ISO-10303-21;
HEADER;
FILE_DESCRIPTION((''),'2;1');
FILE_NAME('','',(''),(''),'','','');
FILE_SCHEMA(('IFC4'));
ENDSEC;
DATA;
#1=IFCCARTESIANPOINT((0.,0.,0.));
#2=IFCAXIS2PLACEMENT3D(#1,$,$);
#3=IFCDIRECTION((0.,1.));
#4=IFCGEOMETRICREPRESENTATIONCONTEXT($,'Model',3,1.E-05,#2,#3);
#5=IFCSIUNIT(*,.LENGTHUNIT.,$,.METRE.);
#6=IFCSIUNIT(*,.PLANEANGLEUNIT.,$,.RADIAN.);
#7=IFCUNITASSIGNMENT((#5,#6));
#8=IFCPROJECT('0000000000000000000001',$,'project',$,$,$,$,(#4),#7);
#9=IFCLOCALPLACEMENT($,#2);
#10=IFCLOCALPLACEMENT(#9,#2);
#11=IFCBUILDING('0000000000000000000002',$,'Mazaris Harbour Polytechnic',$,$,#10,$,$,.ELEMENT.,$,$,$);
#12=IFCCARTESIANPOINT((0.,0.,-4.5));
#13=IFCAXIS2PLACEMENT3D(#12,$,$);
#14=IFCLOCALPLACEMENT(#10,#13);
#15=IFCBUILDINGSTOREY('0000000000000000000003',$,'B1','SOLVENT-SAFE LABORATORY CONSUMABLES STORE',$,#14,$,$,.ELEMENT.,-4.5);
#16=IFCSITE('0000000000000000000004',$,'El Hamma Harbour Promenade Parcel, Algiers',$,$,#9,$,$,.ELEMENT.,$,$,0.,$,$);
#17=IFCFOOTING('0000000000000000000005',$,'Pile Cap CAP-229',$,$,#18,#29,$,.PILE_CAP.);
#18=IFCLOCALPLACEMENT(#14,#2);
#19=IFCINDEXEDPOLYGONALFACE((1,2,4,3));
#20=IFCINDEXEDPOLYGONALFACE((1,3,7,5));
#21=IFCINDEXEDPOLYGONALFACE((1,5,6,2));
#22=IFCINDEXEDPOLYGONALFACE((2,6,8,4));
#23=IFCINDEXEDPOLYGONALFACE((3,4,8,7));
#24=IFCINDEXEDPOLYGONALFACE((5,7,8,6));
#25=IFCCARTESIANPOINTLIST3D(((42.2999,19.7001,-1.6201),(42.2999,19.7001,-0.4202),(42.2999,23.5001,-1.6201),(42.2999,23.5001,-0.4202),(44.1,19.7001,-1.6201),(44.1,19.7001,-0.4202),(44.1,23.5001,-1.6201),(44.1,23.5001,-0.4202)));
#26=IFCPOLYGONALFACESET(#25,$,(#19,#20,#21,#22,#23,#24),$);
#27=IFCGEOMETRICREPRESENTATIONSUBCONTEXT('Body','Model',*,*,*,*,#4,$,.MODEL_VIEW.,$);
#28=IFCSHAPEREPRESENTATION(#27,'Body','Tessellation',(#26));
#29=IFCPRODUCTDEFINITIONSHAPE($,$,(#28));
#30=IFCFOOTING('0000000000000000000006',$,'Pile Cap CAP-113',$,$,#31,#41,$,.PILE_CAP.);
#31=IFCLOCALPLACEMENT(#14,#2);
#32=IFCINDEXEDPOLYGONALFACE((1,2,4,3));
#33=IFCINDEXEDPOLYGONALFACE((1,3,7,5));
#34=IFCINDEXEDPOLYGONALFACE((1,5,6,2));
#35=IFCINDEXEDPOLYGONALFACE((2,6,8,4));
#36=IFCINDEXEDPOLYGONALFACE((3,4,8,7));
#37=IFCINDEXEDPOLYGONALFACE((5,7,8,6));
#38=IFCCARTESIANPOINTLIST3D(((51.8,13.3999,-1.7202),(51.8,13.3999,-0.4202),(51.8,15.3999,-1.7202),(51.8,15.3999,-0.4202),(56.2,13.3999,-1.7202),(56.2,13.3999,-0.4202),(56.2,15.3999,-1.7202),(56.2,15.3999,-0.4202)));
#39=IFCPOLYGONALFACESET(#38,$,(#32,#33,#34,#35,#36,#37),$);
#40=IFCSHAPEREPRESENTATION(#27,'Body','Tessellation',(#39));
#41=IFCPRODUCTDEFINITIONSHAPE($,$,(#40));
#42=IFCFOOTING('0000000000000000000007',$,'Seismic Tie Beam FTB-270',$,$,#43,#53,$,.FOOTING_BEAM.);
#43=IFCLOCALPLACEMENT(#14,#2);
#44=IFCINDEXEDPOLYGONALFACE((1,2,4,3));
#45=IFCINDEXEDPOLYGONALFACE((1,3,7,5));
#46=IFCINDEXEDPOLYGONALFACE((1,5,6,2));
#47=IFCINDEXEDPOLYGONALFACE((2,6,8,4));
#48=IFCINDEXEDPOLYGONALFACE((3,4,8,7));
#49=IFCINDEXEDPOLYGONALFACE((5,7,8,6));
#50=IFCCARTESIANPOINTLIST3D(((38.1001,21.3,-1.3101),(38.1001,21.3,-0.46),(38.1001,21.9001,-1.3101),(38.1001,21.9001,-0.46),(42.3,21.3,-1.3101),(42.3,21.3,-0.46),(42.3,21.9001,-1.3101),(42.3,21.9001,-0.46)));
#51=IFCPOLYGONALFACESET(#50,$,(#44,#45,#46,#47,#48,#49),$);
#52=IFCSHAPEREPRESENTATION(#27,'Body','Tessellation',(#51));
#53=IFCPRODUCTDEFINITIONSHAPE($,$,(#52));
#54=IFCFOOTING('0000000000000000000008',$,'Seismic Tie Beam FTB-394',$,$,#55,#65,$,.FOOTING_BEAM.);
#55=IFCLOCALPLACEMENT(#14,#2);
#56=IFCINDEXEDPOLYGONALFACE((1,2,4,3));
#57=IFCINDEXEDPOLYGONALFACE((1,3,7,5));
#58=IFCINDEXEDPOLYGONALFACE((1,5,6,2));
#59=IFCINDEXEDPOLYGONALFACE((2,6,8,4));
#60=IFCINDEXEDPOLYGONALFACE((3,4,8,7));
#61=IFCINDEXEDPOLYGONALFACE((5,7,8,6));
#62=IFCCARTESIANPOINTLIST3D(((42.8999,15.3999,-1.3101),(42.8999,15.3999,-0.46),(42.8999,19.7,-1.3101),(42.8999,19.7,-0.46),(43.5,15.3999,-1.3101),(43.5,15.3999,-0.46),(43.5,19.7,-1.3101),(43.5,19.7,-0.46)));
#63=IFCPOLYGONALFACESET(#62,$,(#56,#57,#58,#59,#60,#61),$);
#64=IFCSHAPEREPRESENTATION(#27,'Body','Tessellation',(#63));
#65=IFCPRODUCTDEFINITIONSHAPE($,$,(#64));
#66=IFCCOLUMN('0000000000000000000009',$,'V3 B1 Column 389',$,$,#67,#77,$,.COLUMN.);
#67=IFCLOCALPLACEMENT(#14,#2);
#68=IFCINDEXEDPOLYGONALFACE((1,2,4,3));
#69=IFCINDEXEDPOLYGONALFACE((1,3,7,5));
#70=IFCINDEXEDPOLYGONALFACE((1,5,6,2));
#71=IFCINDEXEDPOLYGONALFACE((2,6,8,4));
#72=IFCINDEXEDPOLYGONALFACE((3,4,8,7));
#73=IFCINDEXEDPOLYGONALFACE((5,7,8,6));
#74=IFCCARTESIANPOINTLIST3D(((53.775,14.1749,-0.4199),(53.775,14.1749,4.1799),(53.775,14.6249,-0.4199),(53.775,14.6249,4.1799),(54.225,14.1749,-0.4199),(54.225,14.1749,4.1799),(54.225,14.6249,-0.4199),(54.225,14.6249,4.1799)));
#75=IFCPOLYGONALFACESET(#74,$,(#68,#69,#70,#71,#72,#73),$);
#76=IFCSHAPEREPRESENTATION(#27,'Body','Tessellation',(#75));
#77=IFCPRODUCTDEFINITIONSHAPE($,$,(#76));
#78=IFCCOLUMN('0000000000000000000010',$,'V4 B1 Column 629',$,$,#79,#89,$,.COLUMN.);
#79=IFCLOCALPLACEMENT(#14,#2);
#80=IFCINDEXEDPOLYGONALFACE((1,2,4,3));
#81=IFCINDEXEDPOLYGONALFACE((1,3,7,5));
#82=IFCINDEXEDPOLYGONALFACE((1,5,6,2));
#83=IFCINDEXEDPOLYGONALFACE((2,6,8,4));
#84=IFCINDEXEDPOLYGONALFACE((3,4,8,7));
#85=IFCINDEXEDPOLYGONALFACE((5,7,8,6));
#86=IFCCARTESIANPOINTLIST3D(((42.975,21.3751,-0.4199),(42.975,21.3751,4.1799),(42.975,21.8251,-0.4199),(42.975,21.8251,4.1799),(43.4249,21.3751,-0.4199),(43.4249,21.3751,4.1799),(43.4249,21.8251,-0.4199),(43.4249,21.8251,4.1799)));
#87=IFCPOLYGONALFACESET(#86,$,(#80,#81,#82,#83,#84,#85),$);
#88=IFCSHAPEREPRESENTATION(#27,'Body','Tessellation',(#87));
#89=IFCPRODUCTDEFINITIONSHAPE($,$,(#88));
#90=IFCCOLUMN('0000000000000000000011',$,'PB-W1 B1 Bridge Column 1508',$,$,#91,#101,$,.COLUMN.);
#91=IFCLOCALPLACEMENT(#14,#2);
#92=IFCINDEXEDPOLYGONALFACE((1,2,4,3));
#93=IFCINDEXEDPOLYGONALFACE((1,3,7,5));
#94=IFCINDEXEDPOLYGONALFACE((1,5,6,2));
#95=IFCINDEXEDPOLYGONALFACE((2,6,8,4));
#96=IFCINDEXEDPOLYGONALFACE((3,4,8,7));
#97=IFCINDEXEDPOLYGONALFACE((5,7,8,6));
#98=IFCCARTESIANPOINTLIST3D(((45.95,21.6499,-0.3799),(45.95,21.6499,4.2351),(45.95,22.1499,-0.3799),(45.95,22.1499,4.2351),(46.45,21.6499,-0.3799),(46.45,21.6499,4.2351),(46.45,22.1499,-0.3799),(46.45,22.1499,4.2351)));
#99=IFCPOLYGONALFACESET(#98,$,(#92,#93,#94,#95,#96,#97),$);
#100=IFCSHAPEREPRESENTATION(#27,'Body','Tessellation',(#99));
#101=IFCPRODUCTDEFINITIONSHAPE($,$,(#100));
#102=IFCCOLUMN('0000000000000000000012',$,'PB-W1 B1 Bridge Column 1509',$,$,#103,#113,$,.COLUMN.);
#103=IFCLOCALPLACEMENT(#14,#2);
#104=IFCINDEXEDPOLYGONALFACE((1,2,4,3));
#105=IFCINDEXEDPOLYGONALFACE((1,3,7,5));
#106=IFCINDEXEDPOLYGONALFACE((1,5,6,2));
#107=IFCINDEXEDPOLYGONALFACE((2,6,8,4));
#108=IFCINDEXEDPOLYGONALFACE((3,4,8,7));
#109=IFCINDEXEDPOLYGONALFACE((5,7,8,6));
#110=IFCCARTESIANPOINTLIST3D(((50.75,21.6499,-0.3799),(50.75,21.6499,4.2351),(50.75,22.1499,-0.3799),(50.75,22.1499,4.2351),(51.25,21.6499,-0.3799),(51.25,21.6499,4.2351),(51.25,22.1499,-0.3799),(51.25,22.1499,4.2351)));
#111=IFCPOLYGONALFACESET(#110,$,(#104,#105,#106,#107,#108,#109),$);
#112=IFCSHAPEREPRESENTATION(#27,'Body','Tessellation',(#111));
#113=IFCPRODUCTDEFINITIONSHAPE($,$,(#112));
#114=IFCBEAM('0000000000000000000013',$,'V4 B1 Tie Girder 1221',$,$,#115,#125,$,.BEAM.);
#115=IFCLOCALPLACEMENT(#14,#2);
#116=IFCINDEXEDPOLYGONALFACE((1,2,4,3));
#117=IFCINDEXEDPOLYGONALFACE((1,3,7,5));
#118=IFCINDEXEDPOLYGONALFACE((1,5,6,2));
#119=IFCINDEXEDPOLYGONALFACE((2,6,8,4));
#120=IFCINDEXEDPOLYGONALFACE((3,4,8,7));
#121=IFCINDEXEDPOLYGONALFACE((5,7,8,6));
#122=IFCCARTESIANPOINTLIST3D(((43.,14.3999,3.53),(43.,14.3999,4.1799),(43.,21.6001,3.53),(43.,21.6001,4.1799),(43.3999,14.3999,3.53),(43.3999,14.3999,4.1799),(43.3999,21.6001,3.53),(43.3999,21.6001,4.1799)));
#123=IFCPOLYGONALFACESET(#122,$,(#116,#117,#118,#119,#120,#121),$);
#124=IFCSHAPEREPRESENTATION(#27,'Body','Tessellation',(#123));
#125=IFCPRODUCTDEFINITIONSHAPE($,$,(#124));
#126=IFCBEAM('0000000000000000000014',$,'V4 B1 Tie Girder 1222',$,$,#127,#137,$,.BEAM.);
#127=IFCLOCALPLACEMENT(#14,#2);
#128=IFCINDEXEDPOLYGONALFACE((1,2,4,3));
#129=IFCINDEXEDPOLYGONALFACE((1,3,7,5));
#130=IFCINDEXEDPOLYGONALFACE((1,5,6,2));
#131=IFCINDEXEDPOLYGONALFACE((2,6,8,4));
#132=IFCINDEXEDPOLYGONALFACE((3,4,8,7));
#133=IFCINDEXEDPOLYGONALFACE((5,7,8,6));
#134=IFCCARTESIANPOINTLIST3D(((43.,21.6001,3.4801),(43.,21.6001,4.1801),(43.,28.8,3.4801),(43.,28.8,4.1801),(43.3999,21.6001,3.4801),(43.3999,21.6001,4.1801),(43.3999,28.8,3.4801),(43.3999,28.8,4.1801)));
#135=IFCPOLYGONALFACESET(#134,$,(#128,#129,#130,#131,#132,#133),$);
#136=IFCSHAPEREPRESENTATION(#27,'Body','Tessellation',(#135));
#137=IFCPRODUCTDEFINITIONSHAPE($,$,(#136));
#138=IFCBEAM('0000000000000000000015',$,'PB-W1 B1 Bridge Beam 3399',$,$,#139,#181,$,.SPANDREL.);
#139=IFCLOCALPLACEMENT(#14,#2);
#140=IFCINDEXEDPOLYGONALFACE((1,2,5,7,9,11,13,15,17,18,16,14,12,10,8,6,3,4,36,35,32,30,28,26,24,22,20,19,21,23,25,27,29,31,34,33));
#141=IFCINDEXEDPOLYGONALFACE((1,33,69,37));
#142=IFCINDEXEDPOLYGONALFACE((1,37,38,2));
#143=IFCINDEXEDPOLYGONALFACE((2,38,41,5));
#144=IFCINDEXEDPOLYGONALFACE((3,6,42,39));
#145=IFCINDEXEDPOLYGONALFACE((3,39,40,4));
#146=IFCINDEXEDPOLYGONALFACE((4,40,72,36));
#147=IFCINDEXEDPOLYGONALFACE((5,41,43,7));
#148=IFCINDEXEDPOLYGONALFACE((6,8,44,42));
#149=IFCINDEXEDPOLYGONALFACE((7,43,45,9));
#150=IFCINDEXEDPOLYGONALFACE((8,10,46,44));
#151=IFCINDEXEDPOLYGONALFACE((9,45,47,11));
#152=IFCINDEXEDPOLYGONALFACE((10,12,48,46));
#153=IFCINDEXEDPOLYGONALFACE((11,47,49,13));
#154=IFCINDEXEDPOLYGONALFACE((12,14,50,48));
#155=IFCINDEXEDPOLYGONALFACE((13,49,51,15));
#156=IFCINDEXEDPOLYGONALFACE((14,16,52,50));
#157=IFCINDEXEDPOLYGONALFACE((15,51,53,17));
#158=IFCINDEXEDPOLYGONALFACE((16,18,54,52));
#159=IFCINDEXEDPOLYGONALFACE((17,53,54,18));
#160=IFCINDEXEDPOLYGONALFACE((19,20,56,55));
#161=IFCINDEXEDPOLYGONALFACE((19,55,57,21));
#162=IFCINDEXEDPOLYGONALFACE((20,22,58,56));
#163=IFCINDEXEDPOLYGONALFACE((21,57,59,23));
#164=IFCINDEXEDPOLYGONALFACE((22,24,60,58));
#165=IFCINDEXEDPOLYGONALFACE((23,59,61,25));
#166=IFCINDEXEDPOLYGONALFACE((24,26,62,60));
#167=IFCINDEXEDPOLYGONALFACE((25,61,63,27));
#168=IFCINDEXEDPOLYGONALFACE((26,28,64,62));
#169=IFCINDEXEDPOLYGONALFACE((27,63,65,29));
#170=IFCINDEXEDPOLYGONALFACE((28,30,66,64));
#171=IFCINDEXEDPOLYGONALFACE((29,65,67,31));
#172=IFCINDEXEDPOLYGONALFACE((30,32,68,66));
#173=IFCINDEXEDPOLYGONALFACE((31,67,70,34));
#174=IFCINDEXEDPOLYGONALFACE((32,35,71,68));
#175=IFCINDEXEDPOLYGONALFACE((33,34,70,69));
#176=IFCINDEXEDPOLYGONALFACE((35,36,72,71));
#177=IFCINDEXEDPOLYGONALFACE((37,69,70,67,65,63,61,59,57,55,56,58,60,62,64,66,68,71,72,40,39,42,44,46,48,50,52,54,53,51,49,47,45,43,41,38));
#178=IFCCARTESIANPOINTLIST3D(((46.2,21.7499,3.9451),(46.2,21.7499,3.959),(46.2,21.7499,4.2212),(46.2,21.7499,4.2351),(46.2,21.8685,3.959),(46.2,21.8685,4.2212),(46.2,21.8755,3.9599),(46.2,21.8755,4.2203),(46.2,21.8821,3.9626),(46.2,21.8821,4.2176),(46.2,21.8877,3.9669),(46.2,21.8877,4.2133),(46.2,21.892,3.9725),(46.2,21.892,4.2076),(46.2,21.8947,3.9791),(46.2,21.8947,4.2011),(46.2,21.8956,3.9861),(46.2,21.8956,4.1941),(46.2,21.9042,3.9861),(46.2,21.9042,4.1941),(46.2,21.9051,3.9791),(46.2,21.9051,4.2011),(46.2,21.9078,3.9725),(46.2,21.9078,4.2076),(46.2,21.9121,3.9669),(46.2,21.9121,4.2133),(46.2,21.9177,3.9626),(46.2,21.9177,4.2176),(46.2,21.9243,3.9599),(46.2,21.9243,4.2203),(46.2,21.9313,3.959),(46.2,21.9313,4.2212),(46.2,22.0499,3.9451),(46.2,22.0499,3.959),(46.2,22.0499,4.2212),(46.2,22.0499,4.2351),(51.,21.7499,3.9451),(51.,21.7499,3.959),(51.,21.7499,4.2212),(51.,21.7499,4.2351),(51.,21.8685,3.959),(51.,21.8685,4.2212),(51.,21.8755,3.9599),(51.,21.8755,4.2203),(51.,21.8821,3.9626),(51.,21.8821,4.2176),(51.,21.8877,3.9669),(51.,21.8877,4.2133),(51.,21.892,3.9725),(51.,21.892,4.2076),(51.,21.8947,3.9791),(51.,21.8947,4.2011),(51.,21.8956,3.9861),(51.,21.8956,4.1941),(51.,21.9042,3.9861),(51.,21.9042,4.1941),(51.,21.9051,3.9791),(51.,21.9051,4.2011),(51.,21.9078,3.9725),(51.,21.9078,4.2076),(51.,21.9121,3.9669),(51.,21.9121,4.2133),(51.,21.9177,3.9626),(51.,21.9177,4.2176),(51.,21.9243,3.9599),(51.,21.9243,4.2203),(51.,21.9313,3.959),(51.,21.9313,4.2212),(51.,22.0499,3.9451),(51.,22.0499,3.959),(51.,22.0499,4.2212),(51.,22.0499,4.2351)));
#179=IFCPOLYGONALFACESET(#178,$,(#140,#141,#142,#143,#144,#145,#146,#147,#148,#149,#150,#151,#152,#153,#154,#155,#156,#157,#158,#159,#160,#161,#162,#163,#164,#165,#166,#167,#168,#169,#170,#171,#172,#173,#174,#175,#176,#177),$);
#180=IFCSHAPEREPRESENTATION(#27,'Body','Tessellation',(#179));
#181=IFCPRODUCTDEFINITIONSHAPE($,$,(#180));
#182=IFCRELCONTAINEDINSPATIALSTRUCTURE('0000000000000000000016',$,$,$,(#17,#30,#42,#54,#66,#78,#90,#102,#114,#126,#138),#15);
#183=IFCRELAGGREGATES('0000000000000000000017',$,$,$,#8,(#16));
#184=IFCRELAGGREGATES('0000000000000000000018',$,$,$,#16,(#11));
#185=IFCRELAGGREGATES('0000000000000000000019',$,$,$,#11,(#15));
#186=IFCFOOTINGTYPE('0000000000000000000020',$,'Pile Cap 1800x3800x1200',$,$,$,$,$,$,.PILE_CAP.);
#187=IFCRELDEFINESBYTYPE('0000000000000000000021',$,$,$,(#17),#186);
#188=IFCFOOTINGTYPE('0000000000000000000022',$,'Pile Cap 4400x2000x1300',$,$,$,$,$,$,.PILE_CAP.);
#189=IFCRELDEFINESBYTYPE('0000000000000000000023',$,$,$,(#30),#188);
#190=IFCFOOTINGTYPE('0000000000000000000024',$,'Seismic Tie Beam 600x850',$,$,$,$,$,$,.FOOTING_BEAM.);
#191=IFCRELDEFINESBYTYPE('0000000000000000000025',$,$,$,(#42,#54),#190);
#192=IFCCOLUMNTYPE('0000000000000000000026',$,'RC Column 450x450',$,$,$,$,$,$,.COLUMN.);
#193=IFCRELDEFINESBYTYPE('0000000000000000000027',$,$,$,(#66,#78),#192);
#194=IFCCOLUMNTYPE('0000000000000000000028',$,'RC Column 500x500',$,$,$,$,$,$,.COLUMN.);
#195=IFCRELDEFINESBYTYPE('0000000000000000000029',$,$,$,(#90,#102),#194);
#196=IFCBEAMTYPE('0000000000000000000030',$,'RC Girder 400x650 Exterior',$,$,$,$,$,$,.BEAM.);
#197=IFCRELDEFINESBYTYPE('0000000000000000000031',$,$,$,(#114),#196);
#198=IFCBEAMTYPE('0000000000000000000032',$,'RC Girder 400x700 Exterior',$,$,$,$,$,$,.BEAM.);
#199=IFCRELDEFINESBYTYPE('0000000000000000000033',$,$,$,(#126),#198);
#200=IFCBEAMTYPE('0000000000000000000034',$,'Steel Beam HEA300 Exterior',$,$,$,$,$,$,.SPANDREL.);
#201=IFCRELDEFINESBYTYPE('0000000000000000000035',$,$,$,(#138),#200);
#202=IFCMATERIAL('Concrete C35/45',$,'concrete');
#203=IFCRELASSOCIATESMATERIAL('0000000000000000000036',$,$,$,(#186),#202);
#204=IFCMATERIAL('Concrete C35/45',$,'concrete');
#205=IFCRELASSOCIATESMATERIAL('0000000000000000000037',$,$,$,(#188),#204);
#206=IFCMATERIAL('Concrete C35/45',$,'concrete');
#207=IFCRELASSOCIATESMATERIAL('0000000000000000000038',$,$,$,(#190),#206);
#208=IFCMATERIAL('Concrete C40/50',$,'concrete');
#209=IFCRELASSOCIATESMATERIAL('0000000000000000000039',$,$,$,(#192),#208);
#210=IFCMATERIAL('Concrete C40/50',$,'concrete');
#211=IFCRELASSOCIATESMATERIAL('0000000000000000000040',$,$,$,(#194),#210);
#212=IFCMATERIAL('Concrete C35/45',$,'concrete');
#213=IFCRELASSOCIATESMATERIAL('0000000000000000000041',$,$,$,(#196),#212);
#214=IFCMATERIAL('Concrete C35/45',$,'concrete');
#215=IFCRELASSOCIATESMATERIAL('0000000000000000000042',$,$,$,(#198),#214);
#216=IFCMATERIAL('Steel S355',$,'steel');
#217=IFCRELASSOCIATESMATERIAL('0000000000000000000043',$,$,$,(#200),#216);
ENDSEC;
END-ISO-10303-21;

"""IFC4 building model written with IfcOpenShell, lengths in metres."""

from ifc_helpers import new_model, si_unit, direction, frame, origin, origin_2d, place, context, subcontext, project, spatial, rectangle, i_section, extrude, material, material_profile, profile_set, type_object, element, save


model = new_model("IFC4")

# Units and contexts
model_context = context("Model", 3, precision=1e-05, world=origin(), true_north=direction((0.0, 1.0)))
body_context = subcontext(model_context, "Body", "Model", "MODEL_VIEW")
ifc_project = project(units=[si_unit("LENGTHUNIT", "METRE"), si_unit("PLANEANGLEUNIT", "RADIAN")], contexts=[model_context])

# Site, building, storey
site_placement = place(None, origin())
site = spatial("IfcSite", under=ifc_project, at=site_placement, Name="El Hamma Harbour Promenade Parcel, Algiers", CompositionType="ELEMENT", RefElevation=0.0)
building_placement = place(site_placement, origin())
building = spatial("IfcBuilding", under=site, at=building_placement, Name="Mazaris Harbour Polytechnic", CompositionType="ELEMENT")
storey_placement = place(building_placement, frame((0.0, 0.0, -4.5)))
storey = spatial("IfcBuildingStorey", under=building, at=storey_placement, Name="B1", Description="SOLVENT-SAFE LABORATORY CONSUMABLES STORE", CompositionType="ELEMENT", Elevation=-4.5)

# Footings
ifc_material_1 = material(Name="Concrete C35/45", Category="concrete")
footing_type_1 = type_object("IfcFootingType", Name="Pile Cap 1800x3800x1200", PredefinedType="PILE_CAP", material=ifc_material_1)
footing_1_placement = place(storey_placement, frame((43.2, 21.6001, -1.6201), z_axis=(0.0, 0.0, 1.0), x_axis=(1.0, 0.0, 0.0)))
element("IfcFooting", 1, at=footing_1_placement, inside=storey, type_object=footing_type_1, Name="Pile Cap CAP-229", PredefinedType="PILE_CAP", context=body_context, shape_type="SweptSolid", body=[
    extrude(rectangle(XDim=1.8, YDim=3.8, at=origin_2d()), origin(), (0.0, 0.0, 1.0), 1.2),
])
ifc_material_2 = material(Name="Concrete C35/45", Category="concrete")
footing_type_2 = type_object("IfcFootingType", Name="Pile Cap 4400x2000x1300", PredefinedType="PILE_CAP", material=ifc_material_2)
footing_2_placement = place(storey_placement, frame((54.0, 14.3999, -1.7202), z_axis=(0.0, 0.0, 1.0), x_axis=(1.0, 0.0, 0.0)))
element("IfcFooting", 2, at=footing_2_placement, inside=storey, type_object=footing_type_2, Name="Pile Cap CAP-113", PredefinedType="PILE_CAP", context=body_context, shape_type="SweptSolid", body=[
    extrude(rectangle(XDim=4.3999, YDim=2.0, at=origin_2d()), origin(), (0.0, 0.0, 1.0), 1.3),
])
ifc_material_3 = material(Name="Concrete C35/45", Category="concrete")
ifc_material_profile_1 = material_profile(ifc_material_3, rectangle(XDim=0.6001, YDim=0.8501, at=origin_2d()), Name="RECT600x850")
ifc_profile_set_1 = profile_set([ifc_material_profile_1], Name="Concrete C35/45")
footing_type_3 = type_object("IfcFootingType", Name="Seismic Tie Beam 600x850", PredefinedType="FOOTING_BEAM", material=ifc_profile_set_1)
footing_3_placement = place(storey_placement, frame((38.1001, 21.6001, -0.885), z_axis=(1.0, 0.0, 0.0), x_axis=(0.0, 1.0, 0.0)))
element("IfcFooting", 3, at=footing_3_placement, inside=storey, type_object=footing_type_3, Name="Seismic Tie Beam FTB-270", PredefinedType="FOOTING_BEAM", context=body_context, shape_type="SweptSolid", body=[
    extrude(rectangle(XDim=0.6001, YDim=0.8501, at=origin_2d()), origin(), (0.0, 0.0, 1.0), 4.2),
])
footing_4_placement = place(storey_placement, frame((43.2, 15.3999, -0.885), z_axis=(0.0, 1.0, 0.0), x_axis=(-1.0, 0.0, 0.0)))
element("IfcFooting", 4, at=footing_4_placement, inside=storey, type_object=footing_type_3, Name="Seismic Tie Beam FTB-394", PredefinedType="FOOTING_BEAM", context=body_context, shape_type="SweptSolid", body=[
    extrude(rectangle(XDim=0.6001, YDim=0.8501, at=origin_2d()), origin(), (0.0, 0.0, 1.0), 4.3),
])

# Columns
ifc_material_4 = material(Name="Concrete C40/50", Category="concrete")
ifc_material_profile_2 = material_profile(ifc_material_4, rectangle(XDim=0.45, YDim=0.45, at=origin_2d()), Name="RECT450x450")
ifc_profile_set_2 = profile_set([ifc_material_profile_2], Name="Concrete C40/50")
column_type_1 = type_object("IfcColumnType", Name="RC Column 450x450", PredefinedType="COLUMN", material=ifc_profile_set_2)
for number, where, z_axis, x_axis, name in (
    (5, (54.0, 14.3999, -0.4199), (0.0, 0.0, 1.0), (1.0, 0.0, 0.0), "V3 B1 Column 389"),
    (6, (43.2, 21.6001, -0.4199), (0.0, 0.0, 1.0), (1.0, 0.0, 0.0), "V4 B1 Column 629"),
):
    element("IfcColumn", number, at=place(storey_placement, frame(where, z_axis=z_axis, x_axis=x_axis)), inside=storey, type_object=column_type_1, Name=name, PredefinedType="COLUMN", context=body_context, shape_type="SweptSolid", body=[
        extrude(rectangle(XDim=0.45, YDim=0.45, at=origin_2d()), origin(), (0.0, 0.0, 1.0), 4.5999),
    ])
ifc_material_5 = material(Name="Concrete C40/50", Category="concrete")
ifc_material_profile_3 = material_profile(ifc_material_5, rectangle(XDim=0.5, YDim=0.5, at=origin_2d()), Name="RECT500x500")
ifc_profile_set_3 = profile_set([ifc_material_profile_3], Name="Concrete C40/50")
column_type_2 = type_object("IfcColumnType", Name="RC Column 500x500", PredefinedType="COLUMN", material=ifc_profile_set_3)
for number, where, z_axis, x_axis, name in (
    (7, (46.2, 21.8999, -0.3799), (0.0, 0.0, 1.0), (1.0, 0.0, 0.0), "PB-W1 B1 Bridge Column 1508"),
    (8, (51.0, 21.8999, -0.3799), (0.0, 0.0, 1.0), (1.0, 0.0, 0.0), "PB-W1 B1 Bridge Column 1509"),
):
    element("IfcColumn", number, at=place(storey_placement, frame(where, z_axis=z_axis, x_axis=x_axis)), inside=storey, type_object=column_type_2, Name=name, PredefinedType="COLUMN", context=body_context, shape_type="SweptSolid", body=[
        extrude(rectangle(XDim=0.5, YDim=0.5, at=origin_2d()), origin(), (0.0, 0.0, 1.0), 4.615),
    ])

# Beams
ifc_material_6 = material(Name="Concrete C35/45", Category="concrete")
ifc_material_profile_4 = material_profile(ifc_material_6, rectangle(XDim=0.3999, YDim=0.6499, at=origin_2d()), Name="RECT400x650")
ifc_profile_set_4 = profile_set([ifc_material_profile_4], Name="Concrete C35/45")
beam_type_1 = type_object("IfcBeamType", Name="RC Girder 400x650 Exterior", PredefinedType="BEAM", material=ifc_profile_set_4)
beam_1_placement = place(storey_placement, frame((43.2, 14.3999, 3.855), z_axis=(0.0, 1.0, 0.0), x_axis=(-1.0, 0.0, 0.0)))
element("IfcBeam", 9, at=beam_1_placement, inside=storey, type_object=beam_type_1, Name="V4 B1 Tie Girder 1221", PredefinedType="BEAM", context=body_context, shape_type="SweptSolid", body=[
    extrude(rectangle(XDim=0.3999, YDim=0.6499, at=origin_2d()), origin(), (0.0, 0.0, 1.0), 7.2002),
])
ifc_material_7 = material(Name="Concrete C35/45", Category="concrete")
ifc_material_profile_5 = material_profile(ifc_material_7, rectangle(XDim=0.3999, YDim=0.7, at=origin_2d()), Name="RECT400x700")
ifc_profile_set_5 = profile_set([ifc_material_profile_5], Name="Concrete C35/45")
beam_type_2 = type_object("IfcBeamType", Name="RC Girder 400x700 Exterior", PredefinedType="BEAM", material=ifc_profile_set_5)
beam_2_placement = place(storey_placement, frame((43.2, 21.6001, 3.8301), z_axis=(0.0, 1.0, 0.0), x_axis=(-1.0, 0.0, 0.0)))
element("IfcBeam", 10, at=beam_2_placement, inside=storey, type_object=beam_type_2, Name="V4 B1 Tie Girder 1222", PredefinedType="BEAM", context=body_context, shape_type="SweptSolid", body=[
    extrude(rectangle(XDim=0.3999, YDim=0.7, at=origin_2d()), origin(), (0.0, 0.0, 1.0), 7.2),
])
ifc_material_8 = material(Name="Steel S355", Category="steel")
ifc_material_profile_6 = material_profile(ifc_material_8, i_section(OverallWidth=0.3, OverallDepth=0.29, WebThickness=0.0085, FlangeThickness=0.0139, FilletRadius=0.0271, at=origin_2d()), Name="HEA 300")
ifc_profile_set_6 = profile_set([ifc_material_profile_6], Name="Steel S355")
beam_type_3 = type_object("IfcBeamType", Name="Steel Beam HEA300 Exterior", PredefinedType="SPANDREL", material=ifc_profile_set_6)
beam_3_placement = place(storey_placement, frame((46.2, 21.8999, 4.0901), z_axis=(1.0, 0.0, 0.0), x_axis=(0.0, 1.0, 0.0)))
element("IfcBeam", 11, at=beam_3_placement, inside=storey, type_object=beam_type_3, Name="PB-W1 B1 Bridge Beam 3399", PredefinedType="SPANDREL", context=body_context, shape_type="SweptSolid", body=[
    extrude(i_section(OverallWidth=0.3, OverallDepth=0.29, WebThickness=0.0085, FlangeThickness=0.0139, FilletRadius=0.0271, at=origin_2d()), origin(), (0.0, 0.0, 1.0), 4.8),
])

save(model, "model.ifc")
